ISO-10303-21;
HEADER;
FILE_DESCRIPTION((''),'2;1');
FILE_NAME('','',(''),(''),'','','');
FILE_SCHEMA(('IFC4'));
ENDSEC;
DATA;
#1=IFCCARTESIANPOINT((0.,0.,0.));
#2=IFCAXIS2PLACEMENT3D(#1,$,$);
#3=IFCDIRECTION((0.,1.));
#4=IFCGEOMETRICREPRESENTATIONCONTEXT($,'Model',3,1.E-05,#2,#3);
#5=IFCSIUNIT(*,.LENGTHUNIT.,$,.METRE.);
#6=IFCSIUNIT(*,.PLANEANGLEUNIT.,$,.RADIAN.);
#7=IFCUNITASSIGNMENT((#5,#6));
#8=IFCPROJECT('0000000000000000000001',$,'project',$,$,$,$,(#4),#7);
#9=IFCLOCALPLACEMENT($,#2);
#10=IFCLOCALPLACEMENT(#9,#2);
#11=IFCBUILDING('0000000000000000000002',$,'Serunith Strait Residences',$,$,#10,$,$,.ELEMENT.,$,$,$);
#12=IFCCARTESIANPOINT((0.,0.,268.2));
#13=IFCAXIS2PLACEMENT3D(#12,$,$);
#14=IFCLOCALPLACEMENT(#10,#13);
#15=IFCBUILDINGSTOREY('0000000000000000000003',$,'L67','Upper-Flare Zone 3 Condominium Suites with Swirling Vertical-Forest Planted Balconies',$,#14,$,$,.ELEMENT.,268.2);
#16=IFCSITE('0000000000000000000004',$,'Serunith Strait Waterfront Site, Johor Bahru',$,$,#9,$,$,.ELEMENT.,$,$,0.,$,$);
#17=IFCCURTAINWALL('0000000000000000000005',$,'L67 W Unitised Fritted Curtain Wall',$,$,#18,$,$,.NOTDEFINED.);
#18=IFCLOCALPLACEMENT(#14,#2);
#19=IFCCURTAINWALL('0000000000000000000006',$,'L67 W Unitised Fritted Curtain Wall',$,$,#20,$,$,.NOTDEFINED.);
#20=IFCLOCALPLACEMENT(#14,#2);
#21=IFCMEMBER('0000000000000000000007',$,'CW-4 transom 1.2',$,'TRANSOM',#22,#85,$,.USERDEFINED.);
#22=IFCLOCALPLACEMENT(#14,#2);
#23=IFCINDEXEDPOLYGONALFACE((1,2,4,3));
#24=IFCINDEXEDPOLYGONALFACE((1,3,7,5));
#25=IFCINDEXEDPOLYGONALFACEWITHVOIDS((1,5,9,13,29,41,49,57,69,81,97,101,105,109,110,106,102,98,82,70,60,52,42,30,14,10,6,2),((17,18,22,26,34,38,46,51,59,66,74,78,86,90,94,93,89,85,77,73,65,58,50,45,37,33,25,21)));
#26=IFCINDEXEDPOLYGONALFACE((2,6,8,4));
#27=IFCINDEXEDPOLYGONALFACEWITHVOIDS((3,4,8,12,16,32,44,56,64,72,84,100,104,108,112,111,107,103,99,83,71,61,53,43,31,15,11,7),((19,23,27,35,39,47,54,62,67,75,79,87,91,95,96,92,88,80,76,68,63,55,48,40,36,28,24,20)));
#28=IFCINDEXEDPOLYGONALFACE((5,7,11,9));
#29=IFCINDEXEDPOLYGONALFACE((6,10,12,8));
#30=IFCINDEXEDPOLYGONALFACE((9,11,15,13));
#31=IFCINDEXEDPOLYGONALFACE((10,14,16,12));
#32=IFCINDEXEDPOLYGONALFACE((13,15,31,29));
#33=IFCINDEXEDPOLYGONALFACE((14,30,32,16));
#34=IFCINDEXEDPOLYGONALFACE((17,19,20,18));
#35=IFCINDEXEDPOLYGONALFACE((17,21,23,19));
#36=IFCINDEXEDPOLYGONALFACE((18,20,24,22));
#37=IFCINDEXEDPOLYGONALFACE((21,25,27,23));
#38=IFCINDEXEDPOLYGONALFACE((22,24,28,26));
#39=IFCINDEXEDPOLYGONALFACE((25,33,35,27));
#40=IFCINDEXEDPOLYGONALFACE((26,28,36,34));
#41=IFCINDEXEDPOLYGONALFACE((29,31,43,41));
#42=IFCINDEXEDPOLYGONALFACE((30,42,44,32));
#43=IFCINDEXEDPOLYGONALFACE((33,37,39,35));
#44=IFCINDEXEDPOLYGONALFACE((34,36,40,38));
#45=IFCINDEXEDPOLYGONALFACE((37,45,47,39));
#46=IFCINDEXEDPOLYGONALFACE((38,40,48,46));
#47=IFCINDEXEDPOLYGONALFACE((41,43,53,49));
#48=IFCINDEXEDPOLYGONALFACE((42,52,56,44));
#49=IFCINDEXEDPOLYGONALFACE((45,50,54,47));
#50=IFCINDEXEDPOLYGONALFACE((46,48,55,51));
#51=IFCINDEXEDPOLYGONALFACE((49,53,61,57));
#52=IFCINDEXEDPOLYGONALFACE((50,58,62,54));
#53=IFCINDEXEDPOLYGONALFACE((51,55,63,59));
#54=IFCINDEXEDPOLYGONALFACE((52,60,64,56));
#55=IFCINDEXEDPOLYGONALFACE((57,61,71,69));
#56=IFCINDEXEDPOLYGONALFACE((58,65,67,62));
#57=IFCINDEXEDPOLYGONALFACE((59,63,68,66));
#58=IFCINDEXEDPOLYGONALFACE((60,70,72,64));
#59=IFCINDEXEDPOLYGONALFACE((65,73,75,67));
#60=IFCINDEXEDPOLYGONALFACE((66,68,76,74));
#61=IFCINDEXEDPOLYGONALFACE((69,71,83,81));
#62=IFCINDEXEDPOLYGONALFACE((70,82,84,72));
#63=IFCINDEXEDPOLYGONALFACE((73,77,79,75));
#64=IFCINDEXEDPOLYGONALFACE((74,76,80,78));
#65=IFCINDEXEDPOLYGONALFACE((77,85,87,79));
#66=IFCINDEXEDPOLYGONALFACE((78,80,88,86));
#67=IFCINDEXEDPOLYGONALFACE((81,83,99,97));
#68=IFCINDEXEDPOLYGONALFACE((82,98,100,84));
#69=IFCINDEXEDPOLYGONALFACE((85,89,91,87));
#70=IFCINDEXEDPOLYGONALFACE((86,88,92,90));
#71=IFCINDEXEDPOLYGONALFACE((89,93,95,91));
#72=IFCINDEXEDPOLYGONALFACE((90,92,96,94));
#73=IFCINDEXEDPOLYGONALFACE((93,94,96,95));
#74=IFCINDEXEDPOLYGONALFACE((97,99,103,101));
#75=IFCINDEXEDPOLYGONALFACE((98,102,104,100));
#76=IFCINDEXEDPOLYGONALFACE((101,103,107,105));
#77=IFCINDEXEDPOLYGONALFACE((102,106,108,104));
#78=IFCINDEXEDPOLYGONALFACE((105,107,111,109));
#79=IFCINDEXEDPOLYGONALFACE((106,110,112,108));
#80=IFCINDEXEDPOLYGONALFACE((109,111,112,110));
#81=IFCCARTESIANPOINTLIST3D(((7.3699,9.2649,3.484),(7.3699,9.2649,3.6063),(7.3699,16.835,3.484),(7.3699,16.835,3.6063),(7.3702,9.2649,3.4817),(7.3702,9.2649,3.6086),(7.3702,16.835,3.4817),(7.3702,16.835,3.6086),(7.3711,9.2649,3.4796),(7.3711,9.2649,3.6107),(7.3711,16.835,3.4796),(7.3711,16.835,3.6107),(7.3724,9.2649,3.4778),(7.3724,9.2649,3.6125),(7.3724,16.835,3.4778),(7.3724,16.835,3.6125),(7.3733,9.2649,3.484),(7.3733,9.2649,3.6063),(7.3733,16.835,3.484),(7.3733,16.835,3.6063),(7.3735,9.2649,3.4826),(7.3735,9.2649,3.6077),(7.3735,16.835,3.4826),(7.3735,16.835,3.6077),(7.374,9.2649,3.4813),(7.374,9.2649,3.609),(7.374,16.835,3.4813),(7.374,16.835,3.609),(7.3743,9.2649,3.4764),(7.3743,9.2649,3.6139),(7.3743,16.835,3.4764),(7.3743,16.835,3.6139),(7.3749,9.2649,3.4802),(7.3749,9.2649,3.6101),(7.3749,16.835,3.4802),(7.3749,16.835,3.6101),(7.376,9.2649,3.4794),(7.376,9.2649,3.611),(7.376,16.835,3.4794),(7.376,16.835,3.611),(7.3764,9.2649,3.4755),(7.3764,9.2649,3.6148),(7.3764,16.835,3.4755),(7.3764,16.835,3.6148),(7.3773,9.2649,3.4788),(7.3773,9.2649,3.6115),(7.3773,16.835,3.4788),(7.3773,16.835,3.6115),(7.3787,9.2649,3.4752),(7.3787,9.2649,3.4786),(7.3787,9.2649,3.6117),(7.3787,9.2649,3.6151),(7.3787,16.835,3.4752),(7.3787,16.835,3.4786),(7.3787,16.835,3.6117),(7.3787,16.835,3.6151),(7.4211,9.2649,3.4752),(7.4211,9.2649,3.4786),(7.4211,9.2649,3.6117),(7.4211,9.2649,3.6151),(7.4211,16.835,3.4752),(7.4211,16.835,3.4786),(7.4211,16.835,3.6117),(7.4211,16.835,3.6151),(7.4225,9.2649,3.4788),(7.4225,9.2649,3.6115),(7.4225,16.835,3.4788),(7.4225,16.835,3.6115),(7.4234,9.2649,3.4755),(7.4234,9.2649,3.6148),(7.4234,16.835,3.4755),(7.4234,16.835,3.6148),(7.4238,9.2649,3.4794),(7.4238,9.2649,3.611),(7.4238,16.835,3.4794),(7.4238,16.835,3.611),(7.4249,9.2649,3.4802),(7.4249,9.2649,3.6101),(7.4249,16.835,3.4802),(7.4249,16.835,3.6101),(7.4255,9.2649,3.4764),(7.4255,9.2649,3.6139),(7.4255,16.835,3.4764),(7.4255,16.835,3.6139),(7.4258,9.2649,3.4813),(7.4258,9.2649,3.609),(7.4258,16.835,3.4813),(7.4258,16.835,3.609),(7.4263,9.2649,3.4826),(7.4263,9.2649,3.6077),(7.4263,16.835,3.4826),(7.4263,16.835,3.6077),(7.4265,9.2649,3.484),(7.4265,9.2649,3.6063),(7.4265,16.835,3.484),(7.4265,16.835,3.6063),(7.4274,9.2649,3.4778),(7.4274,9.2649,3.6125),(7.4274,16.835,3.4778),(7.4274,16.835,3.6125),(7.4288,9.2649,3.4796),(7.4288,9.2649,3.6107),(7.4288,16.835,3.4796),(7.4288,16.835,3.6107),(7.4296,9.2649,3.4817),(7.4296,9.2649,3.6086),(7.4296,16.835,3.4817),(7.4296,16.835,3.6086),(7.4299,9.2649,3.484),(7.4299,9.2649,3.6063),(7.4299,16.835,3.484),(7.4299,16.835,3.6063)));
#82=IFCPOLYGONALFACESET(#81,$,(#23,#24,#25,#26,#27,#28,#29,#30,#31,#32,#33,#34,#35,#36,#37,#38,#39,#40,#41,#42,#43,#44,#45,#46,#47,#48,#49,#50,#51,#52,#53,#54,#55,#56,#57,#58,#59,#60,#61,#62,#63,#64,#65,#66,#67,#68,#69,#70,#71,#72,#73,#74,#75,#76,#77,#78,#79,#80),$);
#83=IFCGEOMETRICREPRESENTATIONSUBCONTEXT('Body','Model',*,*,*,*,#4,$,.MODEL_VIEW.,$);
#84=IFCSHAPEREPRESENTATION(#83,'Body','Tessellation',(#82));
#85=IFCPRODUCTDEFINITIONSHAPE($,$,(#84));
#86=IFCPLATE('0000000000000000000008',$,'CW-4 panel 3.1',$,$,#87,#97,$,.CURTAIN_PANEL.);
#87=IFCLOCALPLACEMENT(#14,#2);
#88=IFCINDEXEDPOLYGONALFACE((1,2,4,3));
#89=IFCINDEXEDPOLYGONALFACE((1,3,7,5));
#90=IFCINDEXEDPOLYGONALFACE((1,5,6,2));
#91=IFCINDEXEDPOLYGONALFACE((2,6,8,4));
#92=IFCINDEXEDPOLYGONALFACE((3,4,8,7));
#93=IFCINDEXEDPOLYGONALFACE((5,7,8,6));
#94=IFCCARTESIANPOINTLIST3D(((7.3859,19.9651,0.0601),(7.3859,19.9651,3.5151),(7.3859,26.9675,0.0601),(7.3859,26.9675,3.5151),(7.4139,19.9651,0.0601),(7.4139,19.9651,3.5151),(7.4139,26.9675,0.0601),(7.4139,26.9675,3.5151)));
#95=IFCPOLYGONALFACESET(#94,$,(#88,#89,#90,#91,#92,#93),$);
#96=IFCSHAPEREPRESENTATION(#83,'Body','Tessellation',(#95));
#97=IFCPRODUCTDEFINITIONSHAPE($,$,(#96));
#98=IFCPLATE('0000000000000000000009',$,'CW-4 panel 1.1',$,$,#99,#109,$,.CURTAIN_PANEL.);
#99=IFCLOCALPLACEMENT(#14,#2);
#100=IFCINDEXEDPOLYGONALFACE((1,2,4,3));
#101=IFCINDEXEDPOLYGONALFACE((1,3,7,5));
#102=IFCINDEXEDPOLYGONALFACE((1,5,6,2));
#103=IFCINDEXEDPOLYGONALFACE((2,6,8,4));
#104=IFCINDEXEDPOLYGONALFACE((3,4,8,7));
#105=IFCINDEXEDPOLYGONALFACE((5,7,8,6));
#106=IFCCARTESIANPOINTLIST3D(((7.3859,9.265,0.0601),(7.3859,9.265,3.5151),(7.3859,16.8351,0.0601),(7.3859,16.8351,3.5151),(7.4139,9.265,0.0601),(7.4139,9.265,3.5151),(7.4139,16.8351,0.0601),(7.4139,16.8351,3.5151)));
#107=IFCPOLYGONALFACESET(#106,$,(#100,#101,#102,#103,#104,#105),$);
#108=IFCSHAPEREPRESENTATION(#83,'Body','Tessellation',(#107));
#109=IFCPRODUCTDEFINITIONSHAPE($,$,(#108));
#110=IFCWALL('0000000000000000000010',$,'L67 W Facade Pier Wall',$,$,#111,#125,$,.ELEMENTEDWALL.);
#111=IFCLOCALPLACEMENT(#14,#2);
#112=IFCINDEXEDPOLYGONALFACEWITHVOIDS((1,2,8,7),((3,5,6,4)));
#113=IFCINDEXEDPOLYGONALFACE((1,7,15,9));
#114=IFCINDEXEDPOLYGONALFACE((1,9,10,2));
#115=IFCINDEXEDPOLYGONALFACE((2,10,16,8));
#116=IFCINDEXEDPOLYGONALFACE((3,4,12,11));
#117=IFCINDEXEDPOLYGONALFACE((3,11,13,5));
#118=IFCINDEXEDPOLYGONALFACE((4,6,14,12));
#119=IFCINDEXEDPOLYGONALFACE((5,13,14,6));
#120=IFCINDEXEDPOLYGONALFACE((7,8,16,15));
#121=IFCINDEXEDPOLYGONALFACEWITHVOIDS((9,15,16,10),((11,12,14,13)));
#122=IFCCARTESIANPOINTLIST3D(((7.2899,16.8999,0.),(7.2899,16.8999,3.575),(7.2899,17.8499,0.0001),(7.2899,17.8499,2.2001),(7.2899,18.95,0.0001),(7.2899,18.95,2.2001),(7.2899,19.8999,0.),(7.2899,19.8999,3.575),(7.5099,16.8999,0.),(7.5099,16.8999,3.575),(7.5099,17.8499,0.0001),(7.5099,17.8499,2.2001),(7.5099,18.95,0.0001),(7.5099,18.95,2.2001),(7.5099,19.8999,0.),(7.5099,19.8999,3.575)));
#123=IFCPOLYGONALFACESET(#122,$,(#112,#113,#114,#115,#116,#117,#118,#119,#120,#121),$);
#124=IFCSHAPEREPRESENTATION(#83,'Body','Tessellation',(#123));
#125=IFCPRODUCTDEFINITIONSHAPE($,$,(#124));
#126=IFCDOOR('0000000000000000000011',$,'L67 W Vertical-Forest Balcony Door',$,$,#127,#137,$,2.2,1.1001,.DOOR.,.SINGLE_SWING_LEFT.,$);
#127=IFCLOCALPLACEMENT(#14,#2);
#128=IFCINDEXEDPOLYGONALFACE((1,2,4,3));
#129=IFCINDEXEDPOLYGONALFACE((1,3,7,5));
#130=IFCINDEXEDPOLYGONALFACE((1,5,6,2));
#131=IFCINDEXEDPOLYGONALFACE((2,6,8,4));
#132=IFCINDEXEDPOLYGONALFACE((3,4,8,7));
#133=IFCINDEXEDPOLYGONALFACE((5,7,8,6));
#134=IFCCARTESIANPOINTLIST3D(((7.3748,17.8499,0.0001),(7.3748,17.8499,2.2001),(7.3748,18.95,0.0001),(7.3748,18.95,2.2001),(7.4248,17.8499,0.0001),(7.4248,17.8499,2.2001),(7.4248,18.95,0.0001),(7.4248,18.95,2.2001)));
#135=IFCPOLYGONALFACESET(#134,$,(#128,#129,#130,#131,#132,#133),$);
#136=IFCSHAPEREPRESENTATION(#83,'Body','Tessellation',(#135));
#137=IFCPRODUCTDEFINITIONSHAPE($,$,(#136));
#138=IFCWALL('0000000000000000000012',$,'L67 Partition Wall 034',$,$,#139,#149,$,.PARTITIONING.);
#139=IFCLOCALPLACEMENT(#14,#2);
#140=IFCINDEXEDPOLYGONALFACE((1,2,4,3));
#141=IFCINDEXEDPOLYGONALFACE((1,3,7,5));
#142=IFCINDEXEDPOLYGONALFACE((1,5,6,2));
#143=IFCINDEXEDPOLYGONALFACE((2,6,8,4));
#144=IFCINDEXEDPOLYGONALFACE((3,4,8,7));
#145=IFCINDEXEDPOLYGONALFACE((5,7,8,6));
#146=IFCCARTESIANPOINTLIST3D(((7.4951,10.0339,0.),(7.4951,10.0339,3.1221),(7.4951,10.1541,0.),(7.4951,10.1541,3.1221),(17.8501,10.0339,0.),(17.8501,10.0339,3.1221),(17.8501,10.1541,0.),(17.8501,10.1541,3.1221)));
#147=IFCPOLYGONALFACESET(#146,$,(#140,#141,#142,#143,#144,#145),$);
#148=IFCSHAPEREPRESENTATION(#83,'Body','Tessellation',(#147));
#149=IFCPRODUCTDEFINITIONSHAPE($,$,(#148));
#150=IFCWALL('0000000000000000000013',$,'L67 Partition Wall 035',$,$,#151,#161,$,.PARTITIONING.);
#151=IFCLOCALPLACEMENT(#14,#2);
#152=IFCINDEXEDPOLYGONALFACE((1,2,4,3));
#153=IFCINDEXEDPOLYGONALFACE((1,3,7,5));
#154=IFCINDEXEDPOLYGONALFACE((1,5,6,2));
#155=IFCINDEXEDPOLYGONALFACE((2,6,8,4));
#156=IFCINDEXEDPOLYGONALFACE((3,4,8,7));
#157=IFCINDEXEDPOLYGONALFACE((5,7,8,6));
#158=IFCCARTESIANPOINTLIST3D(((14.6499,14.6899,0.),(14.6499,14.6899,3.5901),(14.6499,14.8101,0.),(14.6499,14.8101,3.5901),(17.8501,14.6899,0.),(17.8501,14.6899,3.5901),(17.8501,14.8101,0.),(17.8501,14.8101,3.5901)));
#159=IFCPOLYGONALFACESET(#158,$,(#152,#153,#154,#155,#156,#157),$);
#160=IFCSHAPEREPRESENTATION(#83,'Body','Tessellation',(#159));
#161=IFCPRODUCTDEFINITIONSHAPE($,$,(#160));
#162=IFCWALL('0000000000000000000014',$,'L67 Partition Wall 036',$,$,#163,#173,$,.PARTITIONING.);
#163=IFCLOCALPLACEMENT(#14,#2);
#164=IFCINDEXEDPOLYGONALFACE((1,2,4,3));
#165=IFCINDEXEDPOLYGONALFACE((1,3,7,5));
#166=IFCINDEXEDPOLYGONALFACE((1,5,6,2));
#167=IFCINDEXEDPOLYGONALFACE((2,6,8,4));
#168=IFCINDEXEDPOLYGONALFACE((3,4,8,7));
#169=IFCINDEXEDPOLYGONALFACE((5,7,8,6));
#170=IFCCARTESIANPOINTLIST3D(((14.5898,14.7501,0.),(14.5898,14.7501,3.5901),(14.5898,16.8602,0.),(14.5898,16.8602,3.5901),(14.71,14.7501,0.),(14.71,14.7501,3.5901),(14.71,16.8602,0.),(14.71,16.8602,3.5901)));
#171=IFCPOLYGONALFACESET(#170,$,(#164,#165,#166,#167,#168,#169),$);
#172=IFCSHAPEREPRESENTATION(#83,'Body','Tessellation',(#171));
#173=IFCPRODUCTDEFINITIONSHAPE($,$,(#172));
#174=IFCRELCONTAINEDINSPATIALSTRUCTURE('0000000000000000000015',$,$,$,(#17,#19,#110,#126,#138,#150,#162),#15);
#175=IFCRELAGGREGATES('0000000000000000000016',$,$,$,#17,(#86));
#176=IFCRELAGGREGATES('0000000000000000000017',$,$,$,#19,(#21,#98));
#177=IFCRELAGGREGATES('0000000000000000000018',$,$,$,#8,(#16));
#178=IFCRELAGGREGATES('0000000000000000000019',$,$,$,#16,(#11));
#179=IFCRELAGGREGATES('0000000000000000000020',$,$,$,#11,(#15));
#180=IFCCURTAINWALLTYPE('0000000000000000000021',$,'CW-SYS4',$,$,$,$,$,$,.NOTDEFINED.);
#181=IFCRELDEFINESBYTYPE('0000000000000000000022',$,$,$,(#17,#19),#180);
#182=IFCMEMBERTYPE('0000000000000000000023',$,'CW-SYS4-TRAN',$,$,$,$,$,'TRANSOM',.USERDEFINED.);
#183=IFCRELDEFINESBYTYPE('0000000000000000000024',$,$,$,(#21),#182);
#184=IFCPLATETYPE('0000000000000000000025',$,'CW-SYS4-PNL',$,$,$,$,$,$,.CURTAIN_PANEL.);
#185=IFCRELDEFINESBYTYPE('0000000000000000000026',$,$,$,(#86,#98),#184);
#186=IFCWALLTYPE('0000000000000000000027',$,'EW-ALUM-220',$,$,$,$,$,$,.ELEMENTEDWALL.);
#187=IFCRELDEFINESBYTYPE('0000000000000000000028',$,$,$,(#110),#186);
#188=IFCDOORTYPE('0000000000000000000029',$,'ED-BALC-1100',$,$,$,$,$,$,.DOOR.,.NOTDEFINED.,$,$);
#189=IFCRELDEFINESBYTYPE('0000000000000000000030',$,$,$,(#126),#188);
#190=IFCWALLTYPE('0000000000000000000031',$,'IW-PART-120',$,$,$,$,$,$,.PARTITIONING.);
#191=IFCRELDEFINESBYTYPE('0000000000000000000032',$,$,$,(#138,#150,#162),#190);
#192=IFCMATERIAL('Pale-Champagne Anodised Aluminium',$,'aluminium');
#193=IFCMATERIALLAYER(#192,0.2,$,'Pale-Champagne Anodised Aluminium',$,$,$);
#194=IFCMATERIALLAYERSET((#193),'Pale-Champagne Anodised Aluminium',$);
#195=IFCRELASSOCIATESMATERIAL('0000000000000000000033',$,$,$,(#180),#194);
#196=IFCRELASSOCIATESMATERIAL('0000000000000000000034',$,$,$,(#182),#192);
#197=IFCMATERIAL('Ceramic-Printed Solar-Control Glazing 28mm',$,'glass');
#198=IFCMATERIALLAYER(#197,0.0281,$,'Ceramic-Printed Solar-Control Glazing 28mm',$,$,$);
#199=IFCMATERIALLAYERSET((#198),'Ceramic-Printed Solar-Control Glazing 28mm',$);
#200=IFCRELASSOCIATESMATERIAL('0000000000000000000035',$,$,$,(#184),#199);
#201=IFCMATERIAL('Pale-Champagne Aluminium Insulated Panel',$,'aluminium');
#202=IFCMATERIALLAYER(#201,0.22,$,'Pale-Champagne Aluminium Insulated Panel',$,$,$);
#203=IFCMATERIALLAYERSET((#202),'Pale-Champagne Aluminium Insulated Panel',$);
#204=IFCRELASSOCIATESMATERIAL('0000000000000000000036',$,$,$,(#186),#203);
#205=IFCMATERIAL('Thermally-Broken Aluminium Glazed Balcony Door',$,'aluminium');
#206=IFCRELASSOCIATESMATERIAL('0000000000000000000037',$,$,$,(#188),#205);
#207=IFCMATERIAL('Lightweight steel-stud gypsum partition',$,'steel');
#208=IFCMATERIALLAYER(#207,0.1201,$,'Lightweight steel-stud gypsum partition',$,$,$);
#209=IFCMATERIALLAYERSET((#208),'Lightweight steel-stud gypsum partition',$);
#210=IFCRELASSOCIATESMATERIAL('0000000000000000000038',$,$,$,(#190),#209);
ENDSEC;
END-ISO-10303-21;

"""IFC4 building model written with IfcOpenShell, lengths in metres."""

from ifc_helpers import new_model, si_unit, direction, frame, frame_2d, origin, origin_2d, place, context, subcontext, project, spatial, rectangle, hollow_rectangle, extrude, source, transform, mapped, material, layer, layer_set, material_profile, profile_set, type_object, element, fill, aggregate, save


model = new_model("IFC4")

# Units and contexts
model_context = context("Model", 3, precision=1e-05, world=origin(), true_north=direction((0.0, 1.0)))
body_context = subcontext(model_context, "Body", "Model", "MODEL_VIEW")
ifc_project = project(units=[si_unit("LENGTHUNIT", "METRE"), si_unit("PLANEANGLEUNIT", "RADIAN")], contexts=[model_context])

# Site, building, storey
site_placement = place(None, origin())
site = spatial("IfcSite", under=ifc_project, at=site_placement, Name="Serunith Strait Waterfront Site, Johor Bahru", CompositionType="ELEMENT", RefElevation=0.0)
building_placement = place(site_placement, origin())
building = spatial("IfcBuilding", under=site, at=building_placement, Name="Serunith Strait Residences", CompositionType="ELEMENT")
storey_placement = place(building_placement, frame((0.0, 0.0, 268.2)))
storey = spatial("IfcBuildingStorey", under=building, at=storey_placement, Name="L67", Description="Upper-Flare Zone 3 Condominium Suites with Swirling Vertical-Forest Planted Balconies", CompositionType="ELEMENT", Elevation=268.2)

# Curtain wall
ifc_material_1 = material(Name="Pale-Champagne Anodised Aluminium", Category="aluminium")
ifc_layer_1 = layer(ifc_material_1, 0.2, Name="Pale-Champagne Anodised Aluminium")
ifc_layer_set_1 = layer_set([ifc_layer_1], Name="Pale-Champagne Anodised Aluminium")
curtain_wall_type = type_object("IfcCurtainWallType", Name="CW-SYS4", PredefinedType="NOTDEFINED", material=ifc_layer_set_1)
curtain_wall_1_placement = place(storey_placement, origin())
curtain_wall_1 = element("IfcCurtainWall", 1, at=curtain_wall_1_placement, inside=storey, type_object=curtain_wall_type, Name="L67 W Unitised Fritted Curtain Wall", PredefinedType="NOTDEFINED")

# Curtain wall, member
curtain_wall_2_placement = place(storey_placement, origin())
curtain_wall_2 = element("IfcCurtainWall", 2, at=curtain_wall_2_placement, inside=storey, type_object=curtain_wall_type, Name="L67 W Unitised Fritted Curtain Wall", PredefinedType="NOTDEFINED")
ifc_material_profile_1 = material_profile(ifc_material_1, hollow_rectangle(XDim=0.0601, YDim=0.1399, WallThickness=0.0034, InnerFilletRadius=0.0054, OuterFilletRadius=0.0088, at=origin_2d()), Name="ALU 140x60x3.5")
ifc_profile_set_1 = profile_set([ifc_material_profile_1], Name="Pale-Champagne Anodised Aluminium")
member_type_1 = type_object("IfcMemberType", Name="CW-SYS4-TRAN", ElementType="TRANSOM", PredefinedType="USERDEFINED", material=ifc_profile_set_1)
shared_shape_1 = source(origin(), body_context, "Body", "SweptSolid", [
    extrude(hollow_rectangle(XDim=0.0601, YDim=0.1399, WallThickness=0.0034, InnerFilletRadius=0.0054, OuterFilletRadius=0.0088, at=origin_2d()), origin(), (0.0, 0.0, 1.0), 7.5701),
])
member_1_placement = place(storey_placement, frame((7.3999, 16.835, 3.5452), z_axis=(0.0, -1.0, 0.0), x_axis=(1.0, 0.0, 0.0)))
member_1 = element("IfcMember", 3, at=member_1_placement, type_object=member_type_1, Name="CW-4 transom 1.2", ObjectType="TRANSOM", PredefinedType="USERDEFINED", context=body_context, shape_type="MappedRepresentation", body=[
    mapped(shared_shape_1, transform((0.0, 0.0, 0.0), scale=1.0)),
])

# Plates
ifc_material_2 = material(Name="Ceramic-Printed Solar-Control Glazing 28mm", Category="glass")
ifc_layer_2 = layer(ifc_material_2, 0.0281, Name="Ceramic-Printed Solar-Control Glazing 28mm")
ifc_layer_set_2 = layer_set([ifc_layer_2], Name="Ceramic-Printed Solar-Control Glazing 28mm")
plate_type = type_object("IfcPlateType", Name="CW-SYS4-PNL", PredefinedType="CURTAIN_PANEL", material=ifc_layer_set_2)
shared_shape_2 = source(origin(), body_context, "Body", "SweptSolid", [
    extrude(rectangle(XDim=7.0024, YDim=0.0281, at=origin_2d()), origin(), (0.0, 0.0, 1.0), 3.4551),
])
plate_1_placement = place(storey_placement, frame((7.3999, 23.4663, 0.0601), z_axis=(0.0, 0.0, 1.0), x_axis=(0.0, -1.0, 0.0)))
plate_1 = element("IfcPlate", 4, at=plate_1_placement, type_object=plate_type, Name="CW-4 panel 3.1", PredefinedType="CURTAIN_PANEL", context=body_context, shape_type="MappedRepresentation", body=[
    mapped(shared_shape_2, transform((0.0, 0.0, 0.0), scale=1.0)),
])
aggregate(curtain_wall_1, [plate_1])
shared_shape_3 = source(origin(), body_context, "Body", "SweptSolid", [
    extrude(rectangle(XDim=7.5701, YDim=0.0281, at=origin_2d()), origin(), (0.0, 0.0, 1.0), 3.4551),
])
plate_2_placement = place(storey_placement, frame((7.3999, 13.05, 0.0601), z_axis=(0.0, 0.0, 1.0), x_axis=(0.0, -1.0, 0.0)))
plate_2 = element("IfcPlate", 5, at=plate_2_placement, type_object=plate_type, Name="CW-4 panel 1.1", PredefinedType="CURTAIN_PANEL", context=body_context, shape_type="MappedRepresentation", body=[
    mapped(shared_shape_3, transform((0.0, 0.0, 0.0), scale=1.0)),
])
aggregate(curtain_wall_2, [member_1, plate_2])

# Wall, opening, door
ifc_material_3 = material(Name="Pale-Champagne Aluminium Insulated Panel", Category="aluminium")
ifc_layer_3 = layer(ifc_material_3, 0.22, Name="Pale-Champagne Aluminium Insulated Panel")
ifc_layer_set_3 = layer_set([ifc_layer_3], Name="Pale-Champagne Aluminium Insulated Panel")
wall_type_1 = type_object("IfcWallType", Name="EW-ALUM-220", PredefinedType="ELEMENTEDWALL", material=ifc_layer_set_3)
wall_1_placement = place(storey_placement, frame((7.3999, 19.8999, 0.0), z_axis=(0.0, 0.0, 1.0), x_axis=(0.0, -1.0, 0.0)))
wall_1 = element("IfcWall", 6, at=wall_1_placement, inside=storey, type_object=wall_type_1, Name="L67 W Facade Pier Wall", PredefinedType="ELEMENTEDWALL", context=body_context, shape_type="SweptSolid", body=[
    extrude(rectangle(XDim=3.0, YDim=0.22, at=frame_2d((1.5, 0.0))), origin(), (0.0, 0.0, 1.0), 3.575),
])
opening_1_placement = place(wall_1_placement, frame((0.95, 0.0, 0.0)))
opening_1 = element("IfcOpeningElement", 7, at=opening_1_placement, cuts=wall_1, PredefinedType="OPENING", context=body_context, shape_type="SweptSolid", body=[
    extrude(rectangle(XDim=1.1001, YDim=2.2, at=frame_2d((0.55, 1.1001))), frame((0.0, 0.1201, 0.0), z_axis=(0.0, -1.0, 0.0), x_axis=(1.0, 0.0, 0.0)), (0.0, 0.0, 1.0), 0.24),
])
ifc_material_4 = material(Name="Thermally-Broken Aluminium Glazed Balcony Door", Category="aluminium")
door_type_1 = type_object("IfcDoorType", Name="ED-BALC-1100", OperationType="NOTDEFINED", PredefinedType="DOOR", material=ifc_material_4)
shared_shape_4 = source(origin(), body_context, "Body", "SweptSolid", [
    extrude(rectangle(XDim=1.1001, YDim=2.2, at=frame_2d((0.55, 1.1001))), frame((0.0, 0.0249, 0.0), z_axis=(0.0, -1.0, 0.0), x_axis=(1.0, 0.0, 0.0)), (0.0, 0.0, 1.0), 0.05),
])
door_1_placement = place(opening_1_placement, origin())
door_1 = element("IfcDoor", 8, at=door_1_placement, inside=storey, type_object=door_type_1, Name="L67 W Vertical-Forest Balcony Door", OperationType="SINGLE_SWING_LEFT", OverallHeight=2.2, OverallWidth=1.1001, PredefinedType="DOOR", context=body_context, shape_type="MappedRepresentation", body=[
    mapped(shared_shape_4, transform((0.0, 0.0, 0.0), scale=1.0)),
])
fill(opening_1, door_1)

# Walls
ifc_material_5 = material(Name="Lightweight steel-stud gypsum partition", Category="steel")
ifc_layer_4 = layer(ifc_material_5, 0.1201, Name="Lightweight steel-stud gypsum partition")
ifc_layer_set_4 = layer_set([ifc_layer_4], Name="Lightweight steel-stud gypsum partition")
wall_type_2 = type_object("IfcWallType", Name="IW-PART-120", PredefinedType="PARTITIONING", material=ifc_layer_set_4)
wall_2_placement = place(storey_placement, frame((7.4951, 10.094, 0.0), z_axis=(0.0, 0.0, 1.0), x_axis=(1.0, 0.0, 0.0)))
element("IfcWall", 9, at=wall_2_placement, inside=storey, type_object=wall_type_2, Name="L67 Partition Wall 034", PredefinedType="PARTITIONING", context=body_context, shape_type="SweptSolid", body=[
    extrude(rectangle(XDim=10.355, YDim=0.1201, at=frame_2d((5.1775, 0.0))), origin(), (0.0, 0.0, 1.0), 3.1221),
])
wall_3_placement = place(storey_placement, frame((14.6499, 14.75, 0.0), z_axis=(0.0, 0.0, 1.0), x_axis=(1.0, 0.0, 0.0)))
element("IfcWall", 10, at=wall_3_placement, inside=storey, type_object=wall_type_2, Name="L67 Partition Wall 035", PredefinedType="PARTITIONING", context=body_context, shape_type="SweptSolid", body=[
    extrude(rectangle(XDim=3.2002, YDim=0.1201, at=frame_2d((1.6001, 0.0))), origin(), (0.0, 0.0, 1.0), 3.5901),
])
wall_4_placement = place(storey_placement, frame((14.6499, 14.75, 0.0), z_axis=(0.0, 0.0, 1.0), x_axis=(0.0, 1.0, 0.0)))
element("IfcWall", 11, at=wall_4_placement, inside=storey, type_object=wall_type_2, Name="L67 Partition Wall 036", PredefinedType="PARTITIONING", context=body_context, shape_type="SweptSolid", body=[
    extrude(rectangle(XDim=2.1101, YDim=0.1201, at=frame_2d((1.0552, 0.0))), origin(), (0.0, 0.0, 1.0), 3.5901),
])

save(model, "model.ifc")
